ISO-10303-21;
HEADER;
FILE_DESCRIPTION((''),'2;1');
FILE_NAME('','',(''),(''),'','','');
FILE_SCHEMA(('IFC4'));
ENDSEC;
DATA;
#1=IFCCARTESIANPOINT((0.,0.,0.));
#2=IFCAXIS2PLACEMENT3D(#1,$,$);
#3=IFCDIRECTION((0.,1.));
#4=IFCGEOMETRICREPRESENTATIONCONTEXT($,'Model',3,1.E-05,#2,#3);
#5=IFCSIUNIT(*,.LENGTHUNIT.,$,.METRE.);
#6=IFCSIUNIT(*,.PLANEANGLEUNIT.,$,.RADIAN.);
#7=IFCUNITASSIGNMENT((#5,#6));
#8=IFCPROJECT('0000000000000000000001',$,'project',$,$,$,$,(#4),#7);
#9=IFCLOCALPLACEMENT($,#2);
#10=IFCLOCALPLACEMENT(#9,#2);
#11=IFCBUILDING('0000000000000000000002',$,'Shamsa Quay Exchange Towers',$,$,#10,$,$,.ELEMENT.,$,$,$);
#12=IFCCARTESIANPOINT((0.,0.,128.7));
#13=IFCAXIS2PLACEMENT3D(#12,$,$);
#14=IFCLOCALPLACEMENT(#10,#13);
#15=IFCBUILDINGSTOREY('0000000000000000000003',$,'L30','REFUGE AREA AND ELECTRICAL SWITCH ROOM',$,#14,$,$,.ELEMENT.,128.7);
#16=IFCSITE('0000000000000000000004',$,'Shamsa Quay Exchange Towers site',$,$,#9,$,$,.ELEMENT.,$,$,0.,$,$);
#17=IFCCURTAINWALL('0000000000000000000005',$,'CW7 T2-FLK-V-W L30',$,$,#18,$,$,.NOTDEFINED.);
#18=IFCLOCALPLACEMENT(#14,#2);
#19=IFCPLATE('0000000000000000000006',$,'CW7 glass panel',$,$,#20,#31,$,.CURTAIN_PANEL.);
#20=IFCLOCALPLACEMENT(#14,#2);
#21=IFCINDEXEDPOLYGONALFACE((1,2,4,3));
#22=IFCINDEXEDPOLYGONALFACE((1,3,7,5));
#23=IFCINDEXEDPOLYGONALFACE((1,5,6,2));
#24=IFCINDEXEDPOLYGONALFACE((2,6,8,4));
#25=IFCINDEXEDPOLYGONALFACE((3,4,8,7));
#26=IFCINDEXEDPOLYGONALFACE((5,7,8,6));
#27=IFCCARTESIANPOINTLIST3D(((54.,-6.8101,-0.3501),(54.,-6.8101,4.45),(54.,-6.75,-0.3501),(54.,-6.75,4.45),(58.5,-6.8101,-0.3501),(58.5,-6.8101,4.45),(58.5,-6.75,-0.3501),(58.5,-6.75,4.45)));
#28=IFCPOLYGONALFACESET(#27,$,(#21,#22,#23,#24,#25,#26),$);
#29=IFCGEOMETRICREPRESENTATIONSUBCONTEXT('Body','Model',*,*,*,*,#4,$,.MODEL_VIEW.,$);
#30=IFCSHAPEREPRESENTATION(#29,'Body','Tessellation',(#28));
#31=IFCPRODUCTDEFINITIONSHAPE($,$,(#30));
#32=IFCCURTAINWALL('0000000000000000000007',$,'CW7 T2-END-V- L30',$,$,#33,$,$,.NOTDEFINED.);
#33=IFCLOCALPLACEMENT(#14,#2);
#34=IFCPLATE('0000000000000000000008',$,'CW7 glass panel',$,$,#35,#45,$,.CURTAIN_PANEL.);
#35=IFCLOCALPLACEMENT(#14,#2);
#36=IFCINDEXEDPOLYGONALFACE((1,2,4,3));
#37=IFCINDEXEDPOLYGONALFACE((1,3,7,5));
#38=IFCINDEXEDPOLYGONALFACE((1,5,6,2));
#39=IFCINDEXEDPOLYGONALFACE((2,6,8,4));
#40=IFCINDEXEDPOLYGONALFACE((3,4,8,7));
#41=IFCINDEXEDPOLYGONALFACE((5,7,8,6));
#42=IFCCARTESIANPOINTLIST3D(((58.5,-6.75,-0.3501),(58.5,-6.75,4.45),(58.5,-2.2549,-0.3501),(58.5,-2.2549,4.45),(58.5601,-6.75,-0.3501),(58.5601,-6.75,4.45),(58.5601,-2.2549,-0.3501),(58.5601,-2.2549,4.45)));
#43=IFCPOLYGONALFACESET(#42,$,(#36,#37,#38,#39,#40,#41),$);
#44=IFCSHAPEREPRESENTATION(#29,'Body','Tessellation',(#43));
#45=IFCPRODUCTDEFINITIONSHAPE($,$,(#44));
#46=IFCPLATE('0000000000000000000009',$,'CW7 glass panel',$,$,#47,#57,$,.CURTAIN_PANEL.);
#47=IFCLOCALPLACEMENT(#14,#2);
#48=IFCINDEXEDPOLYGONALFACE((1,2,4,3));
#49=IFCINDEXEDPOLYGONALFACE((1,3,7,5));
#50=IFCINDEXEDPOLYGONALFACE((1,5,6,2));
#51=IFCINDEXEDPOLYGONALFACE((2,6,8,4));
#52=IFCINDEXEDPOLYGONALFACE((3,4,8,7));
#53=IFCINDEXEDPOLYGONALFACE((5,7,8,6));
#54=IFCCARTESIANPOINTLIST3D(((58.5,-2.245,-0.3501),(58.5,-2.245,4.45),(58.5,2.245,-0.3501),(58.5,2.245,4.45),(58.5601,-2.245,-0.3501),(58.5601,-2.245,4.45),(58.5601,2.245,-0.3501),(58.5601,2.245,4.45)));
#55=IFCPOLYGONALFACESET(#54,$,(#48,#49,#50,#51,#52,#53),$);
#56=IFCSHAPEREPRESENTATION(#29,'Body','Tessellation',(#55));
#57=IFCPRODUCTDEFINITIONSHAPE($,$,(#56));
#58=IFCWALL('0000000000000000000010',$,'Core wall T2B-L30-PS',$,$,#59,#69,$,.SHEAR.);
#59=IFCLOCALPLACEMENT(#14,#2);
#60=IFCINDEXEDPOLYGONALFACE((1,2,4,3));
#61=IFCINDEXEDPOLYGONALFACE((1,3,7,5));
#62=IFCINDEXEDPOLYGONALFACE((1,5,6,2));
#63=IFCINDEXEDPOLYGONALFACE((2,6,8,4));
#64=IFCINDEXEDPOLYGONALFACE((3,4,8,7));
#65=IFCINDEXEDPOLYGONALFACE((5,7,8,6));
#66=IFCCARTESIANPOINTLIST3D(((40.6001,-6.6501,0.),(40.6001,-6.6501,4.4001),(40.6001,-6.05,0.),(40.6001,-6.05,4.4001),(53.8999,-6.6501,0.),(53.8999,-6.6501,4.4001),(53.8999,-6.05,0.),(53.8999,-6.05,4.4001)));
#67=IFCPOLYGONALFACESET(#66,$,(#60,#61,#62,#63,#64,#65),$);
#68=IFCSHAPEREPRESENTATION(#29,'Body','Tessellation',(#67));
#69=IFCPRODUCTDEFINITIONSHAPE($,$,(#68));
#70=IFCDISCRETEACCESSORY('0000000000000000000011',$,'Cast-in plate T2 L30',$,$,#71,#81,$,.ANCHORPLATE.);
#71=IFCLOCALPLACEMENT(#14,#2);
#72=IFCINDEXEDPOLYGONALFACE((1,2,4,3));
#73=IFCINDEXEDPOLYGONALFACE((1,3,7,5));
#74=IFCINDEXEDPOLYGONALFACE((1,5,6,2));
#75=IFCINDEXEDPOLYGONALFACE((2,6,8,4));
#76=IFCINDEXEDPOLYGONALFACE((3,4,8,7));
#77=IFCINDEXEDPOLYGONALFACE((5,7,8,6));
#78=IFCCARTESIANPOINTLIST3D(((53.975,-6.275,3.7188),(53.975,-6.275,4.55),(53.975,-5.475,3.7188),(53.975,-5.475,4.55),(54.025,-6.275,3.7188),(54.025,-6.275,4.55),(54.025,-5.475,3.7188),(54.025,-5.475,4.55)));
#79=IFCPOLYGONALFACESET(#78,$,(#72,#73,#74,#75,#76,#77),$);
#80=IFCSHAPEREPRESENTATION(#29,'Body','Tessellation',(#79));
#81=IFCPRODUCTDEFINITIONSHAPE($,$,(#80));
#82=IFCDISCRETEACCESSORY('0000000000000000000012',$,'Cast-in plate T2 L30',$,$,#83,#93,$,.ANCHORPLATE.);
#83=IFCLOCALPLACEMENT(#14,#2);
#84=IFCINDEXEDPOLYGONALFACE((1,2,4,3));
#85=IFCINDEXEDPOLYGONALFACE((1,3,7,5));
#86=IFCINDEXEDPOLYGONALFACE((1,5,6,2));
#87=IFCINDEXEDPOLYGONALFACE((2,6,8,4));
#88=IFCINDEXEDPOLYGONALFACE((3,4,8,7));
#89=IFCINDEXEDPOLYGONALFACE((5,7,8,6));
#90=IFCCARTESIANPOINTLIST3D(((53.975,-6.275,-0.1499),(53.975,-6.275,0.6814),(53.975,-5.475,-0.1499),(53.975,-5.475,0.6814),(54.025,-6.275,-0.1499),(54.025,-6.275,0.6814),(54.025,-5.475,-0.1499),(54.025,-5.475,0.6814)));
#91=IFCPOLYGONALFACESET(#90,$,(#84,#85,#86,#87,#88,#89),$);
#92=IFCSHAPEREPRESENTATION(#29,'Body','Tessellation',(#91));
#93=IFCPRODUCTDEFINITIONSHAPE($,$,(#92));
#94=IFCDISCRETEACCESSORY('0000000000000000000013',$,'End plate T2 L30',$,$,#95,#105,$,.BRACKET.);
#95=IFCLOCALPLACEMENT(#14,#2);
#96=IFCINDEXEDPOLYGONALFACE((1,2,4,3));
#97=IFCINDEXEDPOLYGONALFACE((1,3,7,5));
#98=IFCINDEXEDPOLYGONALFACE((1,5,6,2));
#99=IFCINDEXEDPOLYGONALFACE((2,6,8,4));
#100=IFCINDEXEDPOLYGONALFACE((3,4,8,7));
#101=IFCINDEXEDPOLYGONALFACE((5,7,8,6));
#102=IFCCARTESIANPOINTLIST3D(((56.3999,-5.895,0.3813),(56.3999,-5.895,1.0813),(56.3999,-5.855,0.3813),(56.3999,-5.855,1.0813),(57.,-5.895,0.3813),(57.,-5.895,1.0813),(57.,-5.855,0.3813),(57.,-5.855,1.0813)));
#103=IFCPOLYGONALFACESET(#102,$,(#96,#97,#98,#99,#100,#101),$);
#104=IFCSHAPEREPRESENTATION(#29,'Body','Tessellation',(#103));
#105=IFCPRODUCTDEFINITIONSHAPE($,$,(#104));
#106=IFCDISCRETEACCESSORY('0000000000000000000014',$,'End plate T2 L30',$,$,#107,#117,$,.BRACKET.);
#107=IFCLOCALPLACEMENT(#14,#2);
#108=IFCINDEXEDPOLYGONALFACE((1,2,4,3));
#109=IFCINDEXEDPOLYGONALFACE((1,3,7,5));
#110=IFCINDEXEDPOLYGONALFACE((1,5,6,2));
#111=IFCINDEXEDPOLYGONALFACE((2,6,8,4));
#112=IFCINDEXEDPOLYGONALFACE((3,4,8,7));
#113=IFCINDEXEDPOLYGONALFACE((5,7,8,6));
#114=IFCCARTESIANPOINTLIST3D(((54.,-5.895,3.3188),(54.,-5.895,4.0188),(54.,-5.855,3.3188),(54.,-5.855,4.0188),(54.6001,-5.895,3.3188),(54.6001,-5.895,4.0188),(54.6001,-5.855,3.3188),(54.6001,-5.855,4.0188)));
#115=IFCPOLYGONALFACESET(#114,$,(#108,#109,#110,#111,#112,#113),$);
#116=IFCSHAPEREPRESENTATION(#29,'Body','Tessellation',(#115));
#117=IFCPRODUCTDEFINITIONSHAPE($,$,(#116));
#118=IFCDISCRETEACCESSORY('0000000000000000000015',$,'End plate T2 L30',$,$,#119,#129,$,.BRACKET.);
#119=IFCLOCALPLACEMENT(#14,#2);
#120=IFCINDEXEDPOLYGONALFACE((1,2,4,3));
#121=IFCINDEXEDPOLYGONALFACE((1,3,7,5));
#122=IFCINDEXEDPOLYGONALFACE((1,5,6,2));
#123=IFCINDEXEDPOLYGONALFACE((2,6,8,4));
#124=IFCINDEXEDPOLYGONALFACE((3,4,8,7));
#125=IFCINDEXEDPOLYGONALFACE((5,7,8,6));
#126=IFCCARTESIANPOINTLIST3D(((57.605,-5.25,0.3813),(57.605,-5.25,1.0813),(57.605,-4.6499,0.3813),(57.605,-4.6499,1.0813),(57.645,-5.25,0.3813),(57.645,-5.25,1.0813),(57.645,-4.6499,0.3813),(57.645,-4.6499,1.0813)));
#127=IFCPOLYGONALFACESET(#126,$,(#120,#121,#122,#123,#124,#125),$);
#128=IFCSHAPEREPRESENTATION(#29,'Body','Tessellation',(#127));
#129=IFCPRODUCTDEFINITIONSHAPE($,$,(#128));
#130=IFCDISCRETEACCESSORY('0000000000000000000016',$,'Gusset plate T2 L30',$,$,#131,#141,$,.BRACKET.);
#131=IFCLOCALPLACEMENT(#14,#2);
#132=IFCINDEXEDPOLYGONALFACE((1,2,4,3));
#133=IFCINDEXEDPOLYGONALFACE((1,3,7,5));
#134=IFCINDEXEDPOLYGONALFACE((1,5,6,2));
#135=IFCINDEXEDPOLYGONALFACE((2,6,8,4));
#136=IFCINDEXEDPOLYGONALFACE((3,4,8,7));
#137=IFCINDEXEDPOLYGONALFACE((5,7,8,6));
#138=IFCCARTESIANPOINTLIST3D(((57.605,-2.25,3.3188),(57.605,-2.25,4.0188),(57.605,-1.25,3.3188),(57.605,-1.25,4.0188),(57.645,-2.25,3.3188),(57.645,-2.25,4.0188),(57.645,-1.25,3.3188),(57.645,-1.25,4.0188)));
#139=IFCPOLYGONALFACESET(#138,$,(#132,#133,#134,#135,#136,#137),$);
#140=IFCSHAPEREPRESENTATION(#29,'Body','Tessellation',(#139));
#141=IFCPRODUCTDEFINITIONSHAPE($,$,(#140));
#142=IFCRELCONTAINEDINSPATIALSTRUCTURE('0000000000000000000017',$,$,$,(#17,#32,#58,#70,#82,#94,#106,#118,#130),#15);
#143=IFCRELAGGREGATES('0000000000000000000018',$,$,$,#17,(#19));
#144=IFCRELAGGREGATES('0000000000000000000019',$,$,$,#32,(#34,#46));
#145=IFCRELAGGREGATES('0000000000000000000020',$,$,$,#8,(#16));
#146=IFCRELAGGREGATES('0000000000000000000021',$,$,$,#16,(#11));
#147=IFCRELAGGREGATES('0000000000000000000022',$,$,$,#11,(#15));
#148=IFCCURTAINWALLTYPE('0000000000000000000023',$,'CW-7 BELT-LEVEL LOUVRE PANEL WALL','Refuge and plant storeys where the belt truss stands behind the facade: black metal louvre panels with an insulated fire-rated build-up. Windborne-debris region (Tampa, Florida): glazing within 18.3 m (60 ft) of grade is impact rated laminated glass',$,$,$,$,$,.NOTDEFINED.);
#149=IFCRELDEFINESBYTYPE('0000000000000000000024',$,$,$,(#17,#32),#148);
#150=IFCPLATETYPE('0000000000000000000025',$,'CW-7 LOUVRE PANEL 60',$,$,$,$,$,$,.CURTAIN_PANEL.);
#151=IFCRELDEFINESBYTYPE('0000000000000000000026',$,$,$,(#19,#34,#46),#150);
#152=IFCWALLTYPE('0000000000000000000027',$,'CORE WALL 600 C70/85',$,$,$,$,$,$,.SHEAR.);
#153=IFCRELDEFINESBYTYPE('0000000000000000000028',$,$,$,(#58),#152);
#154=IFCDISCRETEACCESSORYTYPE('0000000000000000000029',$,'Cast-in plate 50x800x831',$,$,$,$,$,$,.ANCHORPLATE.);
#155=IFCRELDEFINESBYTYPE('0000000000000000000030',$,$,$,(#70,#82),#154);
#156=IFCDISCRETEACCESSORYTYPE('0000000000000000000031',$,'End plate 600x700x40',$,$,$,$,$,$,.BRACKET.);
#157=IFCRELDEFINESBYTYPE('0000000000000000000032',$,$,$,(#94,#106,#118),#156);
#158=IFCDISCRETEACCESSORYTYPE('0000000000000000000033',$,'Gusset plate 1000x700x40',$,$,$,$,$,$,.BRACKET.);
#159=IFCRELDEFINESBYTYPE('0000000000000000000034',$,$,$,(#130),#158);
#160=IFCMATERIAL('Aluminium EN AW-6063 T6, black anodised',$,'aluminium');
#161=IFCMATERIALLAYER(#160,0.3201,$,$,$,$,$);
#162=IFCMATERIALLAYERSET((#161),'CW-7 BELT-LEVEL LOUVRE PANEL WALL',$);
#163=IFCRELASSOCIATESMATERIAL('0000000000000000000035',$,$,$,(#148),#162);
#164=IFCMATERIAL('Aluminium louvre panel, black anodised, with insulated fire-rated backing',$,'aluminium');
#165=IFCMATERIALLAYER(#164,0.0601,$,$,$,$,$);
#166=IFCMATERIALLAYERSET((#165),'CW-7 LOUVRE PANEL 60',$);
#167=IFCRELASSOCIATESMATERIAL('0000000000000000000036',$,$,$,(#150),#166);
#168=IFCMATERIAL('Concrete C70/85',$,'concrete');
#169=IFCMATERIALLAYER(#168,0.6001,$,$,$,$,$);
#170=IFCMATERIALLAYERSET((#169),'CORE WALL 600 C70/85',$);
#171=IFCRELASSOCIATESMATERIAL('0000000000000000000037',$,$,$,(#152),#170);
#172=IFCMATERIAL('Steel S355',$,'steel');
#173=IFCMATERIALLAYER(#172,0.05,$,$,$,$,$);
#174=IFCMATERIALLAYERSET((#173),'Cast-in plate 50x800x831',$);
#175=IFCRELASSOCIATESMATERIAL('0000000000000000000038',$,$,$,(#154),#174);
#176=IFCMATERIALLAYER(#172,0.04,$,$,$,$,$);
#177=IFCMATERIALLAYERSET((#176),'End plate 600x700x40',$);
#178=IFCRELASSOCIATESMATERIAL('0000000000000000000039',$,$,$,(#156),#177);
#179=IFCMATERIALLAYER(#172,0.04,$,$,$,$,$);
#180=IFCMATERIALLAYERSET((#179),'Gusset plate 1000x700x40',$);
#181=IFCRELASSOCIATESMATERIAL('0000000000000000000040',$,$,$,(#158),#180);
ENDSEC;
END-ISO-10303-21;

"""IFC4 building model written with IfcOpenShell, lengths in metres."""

from ifc_helpers import new_model, si_unit, direction, frame, frame_2d, origin, origin_2d, place, context, subcontext, project, spatial, rectangle, extrude, material, layer, layer_set, type_object, element, aggregate, save


model = new_model("IFC4")

# Units and contexts
model_context = context("Model", 3, precision=1e-05, world=origin(), true_north=direction((0.0, 1.0)))
body_context = subcontext(model_context, "Body", "Model", "MODEL_VIEW")
ifc_project = project(units=[si_unit("LENGTHUNIT", "METRE"), si_unit("PLANEANGLEUNIT", "RADIAN")], contexts=[model_context])

# Site, building, storey
site_placement = place(None, origin())
site = spatial("IfcSite", under=ifc_project, at=site_placement, Name="Shamsa Quay Exchange Towers site", CompositionType="ELEMENT", RefElevation=0.0)
building_placement = place(site_placement, origin())
building = spatial("IfcBuilding", under=site, at=building_placement, Name="Shamsa Quay Exchange Towers", CompositionType="ELEMENT")
storey_placement = place(building_placement, frame((0.0, 0.0, 128.7)))
storey = spatial("IfcBuildingStorey", under=building, at=storey_placement, Name="L30", Description="REFUGE AREA AND ELECTRICAL SWITCH ROOM", CompositionType="ELEMENT", Elevation=128.7)

# Shared definitions
ifc_material_1 = material(Name="Steel S355", Category="steel")

# Curtain wall, plate
ifc_material_2 = material(Name="Aluminium EN AW-6063 T6, black anodised", Category="aluminium")
ifc_layer_1 = layer(ifc_material_2, 0.3201)
ifc_layer_set_1 = layer_set([ifc_layer_1], Name="CW-7 BELT-LEVEL LOUVRE PANEL WALL")
curtain_wall_type = type_object("IfcCurtainWallType", Name="CW-7 BELT-LEVEL LOUVRE PANEL WALL", Description="Refuge and plant storeys where the belt truss stands behind the facade: black metal louvre panels with an insulated fire-rated build-up. Windborne-debris region (Tampa, Florida): glazing within 18.3 m (60 ft) of grade is impact rated laminated glass", PredefinedType="NOTDEFINED", material=ifc_layer_set_1)
curtain_wall_1_placement = place(storey_placement, origin())
curtain_wall_1 = element("IfcCurtainWall", 1, at=curtain_wall_1_placement, inside=storey, type_object=curtain_wall_type, Name="CW7 T2-FLK-V-W L30", PredefinedType="NOTDEFINED")
ifc_material_3 = material(Name="Aluminium louvre panel, black anodised, with insulated fire-rated backing", Category="aluminium")
ifc_layer_2 = layer(ifc_material_3, 0.0601)
ifc_layer_set_2 = layer_set([ifc_layer_2], Name="CW-7 LOUVRE PANEL 60")
plate_type = type_object("IfcPlateType", Name="CW-7 LOUVRE PANEL 60", PredefinedType="CURTAIN_PANEL", material=ifc_layer_set_2)
plate_1_placement = place(storey_placement, frame((56.25, -6.78, -0.3501)))
plate_1 = element("IfcPlate", 2, at=plate_1_placement, type_object=plate_type, Name="CW7 glass panel", PredefinedType="CURTAIN_PANEL", context=body_context, shape_type="SweptSolid", body=[
    extrude(rectangle(XDim=4.5, YDim=0.0601, at=origin_2d()), origin(), (0.0, 0.0, 1.0), 4.8),
])
aggregate(curtain_wall_1, [plate_1])

# Curtain wall, plates
curtain_wall_2_placement = place(storey_placement, origin())
curtain_wall_2 = element("IfcCurtainWall", 3, at=curtain_wall_2_placement, inside=storey, type_object=curtain_wall_type, Name="CW7 T2-END-V- L30", PredefinedType="NOTDEFINED")
plate_2_placement = place(storey_placement, frame((58.53, -4.5024, -0.3501), z_axis=(0.0, 0.0, 1.0), x_axis=(0.0, 1.0, 0.0)))
plate_2 = element("IfcPlate", 4, at=plate_2_placement, type_object=plate_type, Name="CW7 glass panel", PredefinedType="CURTAIN_PANEL", context=body_context, shape_type="SweptSolid", body=[
    extrude(rectangle(XDim=4.4951, YDim=0.0601, at=origin_2d()), origin(), (0.0, 0.0, 1.0), 4.8),
])
plate_3_placement = place(storey_placement, frame((58.53, 0.0, -0.3501), z_axis=(0.0, 0.0, 1.0), x_axis=(0.0, 1.0, 0.0)))
plate_3 = element("IfcPlate", 5, at=plate_3_placement, type_object=plate_type, Name="CW7 glass panel", PredefinedType="CURTAIN_PANEL", context=body_context, shape_type="SweptSolid", body=[
    extrude(rectangle(XDim=4.49, YDim=0.0601, at=origin_2d()), origin(), (0.0, 0.0, 1.0), 4.8),
])
aggregate(curtain_wall_2, [plate_2, plate_3])

# Wall
ifc_material_4 = material(Name="Concrete C70/85", Category="concrete")
ifc_layer_3 = layer(ifc_material_4, 0.6001)
ifc_layer_set_3 = layer_set([ifc_layer_3], Name="CORE WALL 600 C70/85")
wall_type = type_object("IfcWallType", Name="CORE WALL 600 C70/85", PredefinedType="SHEAR", material=ifc_layer_set_3)
wall_placement = place(storey_placement, frame((53.8999, -6.3501, 0.0), z_axis=(0.0, 0.0, 1.0), x_axis=(-1.0, 0.0, 0.0)))
element("IfcWall", 6, at=wall_placement, inside=storey, type_object=wall_type, Name="Core wall T2B-L30-PS", PredefinedType="SHEAR", context=body_context, shape_type="SweptSolid", body=[
    extrude(rectangle(XDim=13.2998, YDim=0.6001, at=frame_2d((6.6499, 0.0))), origin(), (0.0, 0.0, 1.0), 4.4001),
])

# Discrete accessories
ifc_layer_4 = layer(ifc_material_1, 0.05)
ifc_layer_set_4 = layer_set([ifc_layer_4], Name="Cast-in plate 50x800x831")
discrete_accessory_type_1 = type_object("IfcDiscreteAccessoryType", Name="Cast-in plate 50x800x831", PredefinedType="ANCHORPLATE", material=ifc_layer_set_4)
for number, where, z_axis, x_axis, name in (
    (7, (54.0, -5.875, 3.7188), (0.0, 0.0, 1.0), (-1.0, 0.0, 0.0), "Cast-in plate T2 L30"),
    (8, (54.0, -5.875, -0.1499), (0.0, 0.0, 1.0), (-1.0, 0.0, 0.0), "Cast-in plate T2 L30"),
):
    element("IfcDiscreteAccessory", number, at=place(storey_placement, frame(where, z_axis=z_axis, x_axis=x_axis)), inside=storey, type_object=discrete_accessory_type_1, Name=name, PredefinedType="ANCHORPLATE", context=body_context, shape_type="SweptSolid", body=[
        extrude(rectangle(XDim=0.05, YDim=0.8, at=origin_2d()), origin(), (0.0, 0.0, 1.0), 0.8313),
    ])
ifc_layer_5 = layer(ifc_material_1, 0.04)
ifc_layer_set_5 = layer_set([ifc_layer_5], Name="End plate 600x700x40")
discrete_accessory_type_2 = type_object("IfcDiscreteAccessoryType", Name="End plate 600x700x40", PredefinedType="BRACKET", material=ifc_layer_set_5)
for number, where, z_axis, x_axis, name in (
    (9, (56.7, -5.875, 0.3813), (0.0, 0.0, 1.0), (-1.0, 0.0, 0.0), "End plate T2 L30"),
    (10, (54.3, -5.875, 3.3188), (0.0, 0.0, 1.0), (-1.0, 0.0, 0.0), "End plate T2 L30"),
    (11, (57.625, -4.95, 0.3813), (0.0, 0.0, 1.0), (0.0, 1.0, 0.0), "End plate T2 L30"),
):
    element("IfcDiscreteAccessory", number, at=place(storey_placement, frame(where, z_axis=z_axis, x_axis=x_axis)), inside=storey, type_object=discrete_accessory_type_2, Name=name, PredefinedType="BRACKET", context=body_context, shape_type="SweptSolid", body=[
        extrude(rectangle(XDim=0.6001, YDim=0.04, at=origin_2d()), origin(), (0.0, 0.0, 1.0), 0.7),
    ])
ifc_layer_6 = layer(ifc_material_1, 0.04)
ifc_layer_set_6 = layer_set([ifc_layer_6], Name="Gusset plate 1000x700x40")
discrete_accessory_type_3 = type_object("IfcDiscreteAccessoryType", Name="Gusset plate 1000x700x40", PredefinedType="BRACKET", material=ifc_layer_set_6)
discrete_accessory_placement = place(storey_placement, frame((57.625, -1.75, 3.3188), z_axis=(0.0, 0.0, 1.0), x_axis=(0.0, 1.0, 0.0)))
element("IfcDiscreteAccessory", 12, at=discrete_accessory_placement, inside=storey, type_object=discrete_accessory_type_3, Name="Gusset plate T2 L30", PredefinedType="BRACKET", context=body_context, shape_type="SweptSolid", body=[
    extrude(rectangle(XDim=1.0, YDim=0.04, at=origin_2d()), origin(), (0.0, 0.0, 1.0), 0.7),
])

save(model, "model.ifc")
